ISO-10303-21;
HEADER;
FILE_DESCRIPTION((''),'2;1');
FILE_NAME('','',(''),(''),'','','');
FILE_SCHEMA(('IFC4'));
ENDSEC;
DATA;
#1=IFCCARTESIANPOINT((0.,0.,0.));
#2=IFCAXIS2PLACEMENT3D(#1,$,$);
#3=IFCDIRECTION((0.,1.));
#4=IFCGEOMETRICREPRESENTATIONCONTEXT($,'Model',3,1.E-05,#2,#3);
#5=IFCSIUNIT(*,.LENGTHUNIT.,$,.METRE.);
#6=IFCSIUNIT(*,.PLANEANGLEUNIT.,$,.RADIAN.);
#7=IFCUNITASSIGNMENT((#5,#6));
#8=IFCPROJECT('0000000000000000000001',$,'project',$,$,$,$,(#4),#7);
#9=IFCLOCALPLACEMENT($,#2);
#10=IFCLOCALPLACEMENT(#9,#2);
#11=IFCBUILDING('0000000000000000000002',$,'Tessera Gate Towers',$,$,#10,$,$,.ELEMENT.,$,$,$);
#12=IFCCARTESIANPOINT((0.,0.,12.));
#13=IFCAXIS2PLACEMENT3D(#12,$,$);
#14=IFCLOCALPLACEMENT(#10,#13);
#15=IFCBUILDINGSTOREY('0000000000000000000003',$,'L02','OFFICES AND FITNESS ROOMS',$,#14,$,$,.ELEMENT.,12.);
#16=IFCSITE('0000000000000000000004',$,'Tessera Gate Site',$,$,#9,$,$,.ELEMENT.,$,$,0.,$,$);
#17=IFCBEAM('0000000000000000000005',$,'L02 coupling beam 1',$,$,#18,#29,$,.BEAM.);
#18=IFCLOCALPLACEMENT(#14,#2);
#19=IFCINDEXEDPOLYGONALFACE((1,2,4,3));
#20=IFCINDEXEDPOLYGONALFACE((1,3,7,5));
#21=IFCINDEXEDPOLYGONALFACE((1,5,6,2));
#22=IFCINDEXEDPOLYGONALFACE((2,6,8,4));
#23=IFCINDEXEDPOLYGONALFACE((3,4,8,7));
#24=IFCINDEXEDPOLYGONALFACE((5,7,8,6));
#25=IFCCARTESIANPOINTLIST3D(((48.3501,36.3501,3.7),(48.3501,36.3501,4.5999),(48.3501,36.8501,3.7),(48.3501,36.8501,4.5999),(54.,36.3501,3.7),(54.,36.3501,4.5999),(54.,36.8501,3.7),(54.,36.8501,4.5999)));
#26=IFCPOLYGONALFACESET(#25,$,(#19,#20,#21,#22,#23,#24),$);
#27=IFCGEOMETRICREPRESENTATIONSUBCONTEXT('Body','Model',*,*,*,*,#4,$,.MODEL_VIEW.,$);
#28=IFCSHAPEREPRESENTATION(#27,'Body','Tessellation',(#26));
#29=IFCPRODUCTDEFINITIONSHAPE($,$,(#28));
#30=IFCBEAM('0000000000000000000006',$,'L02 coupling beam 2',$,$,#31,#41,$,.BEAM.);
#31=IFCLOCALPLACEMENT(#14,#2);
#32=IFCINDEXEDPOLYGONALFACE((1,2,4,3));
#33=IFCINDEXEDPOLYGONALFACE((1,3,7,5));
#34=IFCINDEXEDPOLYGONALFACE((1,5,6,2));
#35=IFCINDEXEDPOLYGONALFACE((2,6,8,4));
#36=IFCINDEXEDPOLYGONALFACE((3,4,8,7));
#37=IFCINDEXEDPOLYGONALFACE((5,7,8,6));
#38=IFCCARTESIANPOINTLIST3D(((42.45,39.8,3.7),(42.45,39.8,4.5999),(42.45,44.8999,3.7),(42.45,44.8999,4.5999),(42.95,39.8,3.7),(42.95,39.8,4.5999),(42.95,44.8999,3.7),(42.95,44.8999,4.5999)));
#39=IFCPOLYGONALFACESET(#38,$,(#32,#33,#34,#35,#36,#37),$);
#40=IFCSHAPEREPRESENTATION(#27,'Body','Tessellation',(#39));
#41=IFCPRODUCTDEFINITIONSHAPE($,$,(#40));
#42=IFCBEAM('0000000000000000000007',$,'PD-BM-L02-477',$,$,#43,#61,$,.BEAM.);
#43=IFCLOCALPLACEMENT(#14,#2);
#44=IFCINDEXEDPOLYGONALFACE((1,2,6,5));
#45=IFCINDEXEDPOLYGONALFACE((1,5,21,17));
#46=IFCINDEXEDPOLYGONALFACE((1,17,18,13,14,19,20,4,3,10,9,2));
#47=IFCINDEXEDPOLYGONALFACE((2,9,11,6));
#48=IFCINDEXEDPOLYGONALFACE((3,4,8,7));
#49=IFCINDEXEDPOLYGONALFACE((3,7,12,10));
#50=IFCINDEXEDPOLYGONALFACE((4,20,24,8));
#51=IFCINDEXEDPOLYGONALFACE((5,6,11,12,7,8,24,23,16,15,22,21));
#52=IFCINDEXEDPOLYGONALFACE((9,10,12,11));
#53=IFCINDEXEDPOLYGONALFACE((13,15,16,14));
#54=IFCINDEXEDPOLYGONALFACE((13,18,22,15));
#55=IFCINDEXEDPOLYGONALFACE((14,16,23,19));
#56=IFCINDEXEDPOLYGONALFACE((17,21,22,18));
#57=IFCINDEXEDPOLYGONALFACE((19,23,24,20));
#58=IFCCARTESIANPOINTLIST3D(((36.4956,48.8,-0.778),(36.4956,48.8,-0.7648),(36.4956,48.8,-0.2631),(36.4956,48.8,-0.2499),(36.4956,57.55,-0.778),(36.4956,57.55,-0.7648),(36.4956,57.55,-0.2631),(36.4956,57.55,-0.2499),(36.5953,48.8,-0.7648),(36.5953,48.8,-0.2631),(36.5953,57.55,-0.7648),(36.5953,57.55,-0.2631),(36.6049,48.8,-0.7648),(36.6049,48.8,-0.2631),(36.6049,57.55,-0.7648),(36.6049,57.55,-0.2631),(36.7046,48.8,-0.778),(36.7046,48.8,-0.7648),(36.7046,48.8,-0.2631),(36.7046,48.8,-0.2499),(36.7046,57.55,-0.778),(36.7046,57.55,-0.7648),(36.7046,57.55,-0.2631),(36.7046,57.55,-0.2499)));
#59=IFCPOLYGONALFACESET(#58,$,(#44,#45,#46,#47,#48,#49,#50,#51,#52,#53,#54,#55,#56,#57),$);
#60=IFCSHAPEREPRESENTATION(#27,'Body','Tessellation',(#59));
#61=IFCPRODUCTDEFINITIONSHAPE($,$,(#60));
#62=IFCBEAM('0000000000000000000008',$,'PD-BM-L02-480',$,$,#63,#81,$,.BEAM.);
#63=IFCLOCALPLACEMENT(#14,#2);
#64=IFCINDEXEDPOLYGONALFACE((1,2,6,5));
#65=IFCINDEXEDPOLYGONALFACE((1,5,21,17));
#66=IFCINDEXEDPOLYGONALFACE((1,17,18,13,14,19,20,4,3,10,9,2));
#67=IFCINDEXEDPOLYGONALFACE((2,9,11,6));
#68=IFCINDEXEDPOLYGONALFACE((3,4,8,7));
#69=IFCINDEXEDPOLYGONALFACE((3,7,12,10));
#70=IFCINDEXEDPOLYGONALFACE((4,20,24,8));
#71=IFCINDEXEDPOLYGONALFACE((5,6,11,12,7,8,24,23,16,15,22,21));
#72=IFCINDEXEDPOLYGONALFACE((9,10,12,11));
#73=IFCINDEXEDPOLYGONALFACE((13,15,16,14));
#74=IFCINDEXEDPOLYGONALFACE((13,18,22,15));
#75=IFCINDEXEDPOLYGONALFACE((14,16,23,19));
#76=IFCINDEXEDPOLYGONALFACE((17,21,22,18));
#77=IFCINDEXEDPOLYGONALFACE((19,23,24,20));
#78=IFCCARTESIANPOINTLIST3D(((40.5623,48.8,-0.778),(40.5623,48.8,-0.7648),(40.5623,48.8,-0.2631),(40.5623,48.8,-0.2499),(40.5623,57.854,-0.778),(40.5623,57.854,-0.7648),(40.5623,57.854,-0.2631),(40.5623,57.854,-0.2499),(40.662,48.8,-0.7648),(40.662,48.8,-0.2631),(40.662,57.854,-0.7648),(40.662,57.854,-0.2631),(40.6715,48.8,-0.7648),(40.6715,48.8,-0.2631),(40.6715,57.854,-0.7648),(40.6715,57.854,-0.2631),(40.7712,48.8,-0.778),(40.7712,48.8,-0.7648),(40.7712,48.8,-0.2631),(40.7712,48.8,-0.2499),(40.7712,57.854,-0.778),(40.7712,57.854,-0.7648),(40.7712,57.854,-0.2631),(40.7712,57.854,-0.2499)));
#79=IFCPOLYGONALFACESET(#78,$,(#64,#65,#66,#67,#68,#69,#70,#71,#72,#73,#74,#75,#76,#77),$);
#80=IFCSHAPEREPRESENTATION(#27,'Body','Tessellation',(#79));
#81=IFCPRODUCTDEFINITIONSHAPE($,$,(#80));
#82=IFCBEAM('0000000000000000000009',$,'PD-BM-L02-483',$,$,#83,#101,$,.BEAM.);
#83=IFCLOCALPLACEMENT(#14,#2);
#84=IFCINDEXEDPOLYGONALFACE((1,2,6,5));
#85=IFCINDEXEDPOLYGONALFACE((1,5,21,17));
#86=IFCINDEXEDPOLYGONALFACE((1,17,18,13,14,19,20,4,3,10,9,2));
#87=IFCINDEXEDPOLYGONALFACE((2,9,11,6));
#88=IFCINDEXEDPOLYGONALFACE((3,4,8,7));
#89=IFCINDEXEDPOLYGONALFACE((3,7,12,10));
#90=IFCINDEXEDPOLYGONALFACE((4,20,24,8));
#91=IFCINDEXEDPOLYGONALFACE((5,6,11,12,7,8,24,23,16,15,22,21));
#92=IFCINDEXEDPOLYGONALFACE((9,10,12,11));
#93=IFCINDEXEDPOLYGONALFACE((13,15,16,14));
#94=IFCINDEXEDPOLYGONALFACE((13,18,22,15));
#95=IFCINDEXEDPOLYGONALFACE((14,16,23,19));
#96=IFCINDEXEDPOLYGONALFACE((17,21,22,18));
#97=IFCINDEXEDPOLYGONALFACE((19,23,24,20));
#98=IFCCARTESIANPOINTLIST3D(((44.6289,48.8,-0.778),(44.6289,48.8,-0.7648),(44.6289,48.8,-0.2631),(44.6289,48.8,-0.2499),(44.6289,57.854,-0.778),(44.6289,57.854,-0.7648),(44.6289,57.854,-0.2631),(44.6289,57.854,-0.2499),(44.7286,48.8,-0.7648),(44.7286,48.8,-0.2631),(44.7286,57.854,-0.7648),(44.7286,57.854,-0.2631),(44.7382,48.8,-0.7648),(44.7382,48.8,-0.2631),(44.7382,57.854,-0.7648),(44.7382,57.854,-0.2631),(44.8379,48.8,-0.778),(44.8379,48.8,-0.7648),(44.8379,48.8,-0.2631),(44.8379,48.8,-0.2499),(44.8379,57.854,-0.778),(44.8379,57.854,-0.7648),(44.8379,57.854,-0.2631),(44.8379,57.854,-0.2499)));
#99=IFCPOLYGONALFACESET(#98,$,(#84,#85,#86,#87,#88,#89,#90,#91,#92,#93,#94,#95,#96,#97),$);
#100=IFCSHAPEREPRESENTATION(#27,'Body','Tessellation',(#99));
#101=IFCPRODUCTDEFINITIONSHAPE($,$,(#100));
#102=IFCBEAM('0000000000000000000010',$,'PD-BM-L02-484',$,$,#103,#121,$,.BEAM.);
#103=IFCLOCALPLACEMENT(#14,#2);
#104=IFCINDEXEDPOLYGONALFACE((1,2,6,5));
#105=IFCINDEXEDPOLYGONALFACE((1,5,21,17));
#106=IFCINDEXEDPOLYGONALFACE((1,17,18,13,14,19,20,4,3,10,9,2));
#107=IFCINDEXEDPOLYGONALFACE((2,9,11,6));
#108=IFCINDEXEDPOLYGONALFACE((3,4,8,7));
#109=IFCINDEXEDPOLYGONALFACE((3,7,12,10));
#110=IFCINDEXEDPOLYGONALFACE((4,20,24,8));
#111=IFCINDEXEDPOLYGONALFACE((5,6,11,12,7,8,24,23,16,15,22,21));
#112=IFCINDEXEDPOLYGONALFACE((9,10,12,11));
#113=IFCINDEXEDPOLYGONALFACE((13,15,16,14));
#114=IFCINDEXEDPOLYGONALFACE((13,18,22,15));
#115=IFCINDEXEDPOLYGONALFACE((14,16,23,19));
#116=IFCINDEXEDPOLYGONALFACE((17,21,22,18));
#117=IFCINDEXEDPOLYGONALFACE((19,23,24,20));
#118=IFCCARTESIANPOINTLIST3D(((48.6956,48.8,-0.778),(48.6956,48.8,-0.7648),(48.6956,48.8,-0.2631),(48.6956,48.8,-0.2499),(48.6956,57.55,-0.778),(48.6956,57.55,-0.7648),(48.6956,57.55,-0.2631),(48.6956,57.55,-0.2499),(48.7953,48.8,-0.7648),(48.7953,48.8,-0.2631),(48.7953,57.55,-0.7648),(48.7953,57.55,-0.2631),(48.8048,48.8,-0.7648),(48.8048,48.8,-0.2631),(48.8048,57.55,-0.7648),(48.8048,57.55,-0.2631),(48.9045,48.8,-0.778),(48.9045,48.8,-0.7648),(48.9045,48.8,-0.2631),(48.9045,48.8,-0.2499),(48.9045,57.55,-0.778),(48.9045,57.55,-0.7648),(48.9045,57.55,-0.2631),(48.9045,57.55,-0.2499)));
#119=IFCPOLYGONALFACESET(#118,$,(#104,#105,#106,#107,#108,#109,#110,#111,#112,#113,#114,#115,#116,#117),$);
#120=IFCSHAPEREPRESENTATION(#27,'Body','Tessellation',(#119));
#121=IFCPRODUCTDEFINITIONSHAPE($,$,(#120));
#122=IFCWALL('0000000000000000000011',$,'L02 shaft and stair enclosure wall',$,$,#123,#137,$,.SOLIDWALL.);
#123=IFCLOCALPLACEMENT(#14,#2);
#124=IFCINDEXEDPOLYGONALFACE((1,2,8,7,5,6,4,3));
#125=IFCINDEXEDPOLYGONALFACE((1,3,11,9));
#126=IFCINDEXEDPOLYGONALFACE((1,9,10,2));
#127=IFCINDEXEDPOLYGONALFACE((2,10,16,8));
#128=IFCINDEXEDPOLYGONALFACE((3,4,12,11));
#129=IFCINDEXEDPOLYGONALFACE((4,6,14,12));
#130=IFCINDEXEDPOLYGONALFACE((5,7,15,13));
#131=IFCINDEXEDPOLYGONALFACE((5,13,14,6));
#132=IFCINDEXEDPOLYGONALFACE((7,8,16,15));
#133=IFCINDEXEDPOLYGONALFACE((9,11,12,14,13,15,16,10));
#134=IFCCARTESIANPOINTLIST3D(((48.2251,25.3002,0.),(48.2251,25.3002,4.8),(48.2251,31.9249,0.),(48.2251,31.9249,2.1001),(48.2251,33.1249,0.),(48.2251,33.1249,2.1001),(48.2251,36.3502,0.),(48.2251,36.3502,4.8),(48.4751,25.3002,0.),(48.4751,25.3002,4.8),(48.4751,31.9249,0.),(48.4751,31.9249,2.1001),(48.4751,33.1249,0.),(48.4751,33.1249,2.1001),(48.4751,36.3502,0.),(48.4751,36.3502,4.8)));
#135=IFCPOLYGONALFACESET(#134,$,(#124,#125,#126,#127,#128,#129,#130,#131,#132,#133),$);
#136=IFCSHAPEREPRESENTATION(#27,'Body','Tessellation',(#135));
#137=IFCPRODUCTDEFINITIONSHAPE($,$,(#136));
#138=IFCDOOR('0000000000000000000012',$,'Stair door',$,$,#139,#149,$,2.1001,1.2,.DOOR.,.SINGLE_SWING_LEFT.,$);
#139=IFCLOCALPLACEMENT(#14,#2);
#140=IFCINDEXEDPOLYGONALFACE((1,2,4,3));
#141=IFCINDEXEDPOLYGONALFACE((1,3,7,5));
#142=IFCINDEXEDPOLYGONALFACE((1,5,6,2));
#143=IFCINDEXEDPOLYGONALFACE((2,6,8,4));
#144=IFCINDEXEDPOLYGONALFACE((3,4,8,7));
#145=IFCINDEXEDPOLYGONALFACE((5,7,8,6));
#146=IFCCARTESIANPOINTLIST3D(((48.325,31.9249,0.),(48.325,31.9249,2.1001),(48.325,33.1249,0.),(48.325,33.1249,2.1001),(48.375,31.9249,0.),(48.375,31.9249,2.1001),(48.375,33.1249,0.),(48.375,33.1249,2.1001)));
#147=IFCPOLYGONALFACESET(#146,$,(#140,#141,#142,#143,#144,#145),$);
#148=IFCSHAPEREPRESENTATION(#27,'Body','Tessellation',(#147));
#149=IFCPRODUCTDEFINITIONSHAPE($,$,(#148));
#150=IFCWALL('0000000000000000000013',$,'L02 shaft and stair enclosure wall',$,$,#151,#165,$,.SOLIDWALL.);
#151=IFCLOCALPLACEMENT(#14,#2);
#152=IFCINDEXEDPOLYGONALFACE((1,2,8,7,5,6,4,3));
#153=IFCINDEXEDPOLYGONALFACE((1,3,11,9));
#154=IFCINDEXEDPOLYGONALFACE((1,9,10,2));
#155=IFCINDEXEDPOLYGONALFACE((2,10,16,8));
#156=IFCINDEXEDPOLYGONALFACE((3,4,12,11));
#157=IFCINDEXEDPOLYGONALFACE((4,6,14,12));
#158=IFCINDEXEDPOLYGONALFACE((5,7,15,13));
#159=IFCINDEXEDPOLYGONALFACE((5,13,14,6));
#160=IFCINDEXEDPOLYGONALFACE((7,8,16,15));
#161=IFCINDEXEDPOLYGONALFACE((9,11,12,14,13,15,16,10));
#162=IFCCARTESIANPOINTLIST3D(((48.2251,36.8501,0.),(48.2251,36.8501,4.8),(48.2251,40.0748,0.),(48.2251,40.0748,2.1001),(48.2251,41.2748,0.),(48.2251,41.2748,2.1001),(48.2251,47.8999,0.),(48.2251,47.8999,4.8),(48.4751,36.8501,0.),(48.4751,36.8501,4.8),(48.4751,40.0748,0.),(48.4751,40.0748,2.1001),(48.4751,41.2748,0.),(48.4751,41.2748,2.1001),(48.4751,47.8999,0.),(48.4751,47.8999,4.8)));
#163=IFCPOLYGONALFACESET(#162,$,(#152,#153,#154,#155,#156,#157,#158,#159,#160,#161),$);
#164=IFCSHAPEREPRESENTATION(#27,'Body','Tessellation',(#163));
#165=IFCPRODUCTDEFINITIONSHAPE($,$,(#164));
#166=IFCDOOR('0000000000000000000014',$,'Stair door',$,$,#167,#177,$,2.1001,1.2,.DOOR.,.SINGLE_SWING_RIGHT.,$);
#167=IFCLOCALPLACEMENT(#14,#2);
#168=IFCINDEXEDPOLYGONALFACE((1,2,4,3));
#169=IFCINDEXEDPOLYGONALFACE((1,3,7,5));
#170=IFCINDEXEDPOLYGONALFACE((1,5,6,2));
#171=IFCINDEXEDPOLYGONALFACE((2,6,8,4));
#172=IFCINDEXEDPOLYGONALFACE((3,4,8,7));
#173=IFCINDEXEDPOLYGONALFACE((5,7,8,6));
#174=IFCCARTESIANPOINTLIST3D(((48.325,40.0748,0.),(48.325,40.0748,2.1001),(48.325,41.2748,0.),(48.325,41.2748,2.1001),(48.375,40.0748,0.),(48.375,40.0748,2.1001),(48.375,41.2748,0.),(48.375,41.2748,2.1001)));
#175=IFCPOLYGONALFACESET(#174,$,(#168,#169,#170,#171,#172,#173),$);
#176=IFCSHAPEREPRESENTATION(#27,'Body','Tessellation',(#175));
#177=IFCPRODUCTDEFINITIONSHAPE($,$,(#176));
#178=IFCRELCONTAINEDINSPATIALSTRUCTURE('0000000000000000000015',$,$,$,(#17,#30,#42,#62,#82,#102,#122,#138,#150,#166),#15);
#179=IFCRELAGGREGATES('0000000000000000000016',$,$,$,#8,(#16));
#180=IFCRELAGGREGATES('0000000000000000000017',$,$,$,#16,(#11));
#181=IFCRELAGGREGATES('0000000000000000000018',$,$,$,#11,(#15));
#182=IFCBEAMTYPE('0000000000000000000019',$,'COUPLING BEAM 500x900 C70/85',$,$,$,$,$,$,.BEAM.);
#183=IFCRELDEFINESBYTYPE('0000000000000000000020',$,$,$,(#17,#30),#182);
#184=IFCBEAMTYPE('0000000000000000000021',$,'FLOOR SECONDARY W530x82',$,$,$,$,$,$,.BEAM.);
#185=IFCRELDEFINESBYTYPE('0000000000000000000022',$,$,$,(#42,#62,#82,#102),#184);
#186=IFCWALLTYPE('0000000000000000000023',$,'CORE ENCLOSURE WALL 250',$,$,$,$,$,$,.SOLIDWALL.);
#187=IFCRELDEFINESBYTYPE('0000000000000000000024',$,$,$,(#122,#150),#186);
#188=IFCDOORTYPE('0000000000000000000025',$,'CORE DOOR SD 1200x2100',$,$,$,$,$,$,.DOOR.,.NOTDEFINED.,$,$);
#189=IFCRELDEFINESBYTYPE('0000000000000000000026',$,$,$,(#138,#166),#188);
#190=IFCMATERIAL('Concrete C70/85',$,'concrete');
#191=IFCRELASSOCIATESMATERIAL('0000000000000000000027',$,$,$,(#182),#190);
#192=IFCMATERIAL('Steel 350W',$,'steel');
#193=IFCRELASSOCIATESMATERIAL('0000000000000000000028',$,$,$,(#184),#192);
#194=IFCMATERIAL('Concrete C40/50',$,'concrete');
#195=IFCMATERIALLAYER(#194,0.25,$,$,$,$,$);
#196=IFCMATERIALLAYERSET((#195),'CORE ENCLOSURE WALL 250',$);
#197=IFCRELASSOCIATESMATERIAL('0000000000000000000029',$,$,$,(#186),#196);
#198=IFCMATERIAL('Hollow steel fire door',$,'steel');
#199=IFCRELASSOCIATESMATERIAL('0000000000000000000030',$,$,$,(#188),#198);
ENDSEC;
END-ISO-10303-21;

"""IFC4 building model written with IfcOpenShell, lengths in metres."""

from ifc_helpers import new_model, si_unit, direction, frame, frame_2d, origin, origin_2d, place, context, subcontext, project, spatial, rectangle, i_section, extrude, source, transform, mapped, material, layer, layer_set, material_profile, profile_set, type_object, element, fill, save


model = new_model("IFC4")

# Units and contexts
model_context = context("Model", 3, precision=1e-05, world=origin(), true_north=direction((0.0, 1.0)))
body_context = subcontext(model_context, "Body", "Model", "MODEL_VIEW")
ifc_project = project(units=[si_unit("LENGTHUNIT", "METRE"), si_unit("PLANEANGLEUNIT", "RADIAN")], contexts=[model_context])

# Site, building, storey
site_placement = place(None, origin())
site = spatial("IfcSite", under=ifc_project, at=site_placement, Name="Tessera Gate Site", CompositionType="ELEMENT", RefElevation=0.0)
building_placement = place(site_placement, origin())
building = spatial("IfcBuilding", under=site, at=building_placement, Name="Tessera Gate Towers", CompositionType="ELEMENT")
storey_placement = place(building_placement, frame((0.0, 0.0, 12.0)))
storey = spatial("IfcBuildingStorey", under=building, at=storey_placement, Name="L02", Description="OFFICES AND FITNESS ROOMS", CompositionType="ELEMENT", Elevation=12.0)

# Beams
ifc_material_1 = material(Name="Concrete C70/85", Category="concrete")
ifc_material_profile_1 = material_profile(ifc_material_1, rectangle(XDim=0.5, YDim=0.8999, at=origin_2d()), Name="RC 500x900")
ifc_profile_set_1 = profile_set([ifc_material_profile_1], Name="Concrete C70/85")
beam_type_1 = type_object("IfcBeamType", Name="COUPLING BEAM 500x900 C70/85", PredefinedType="BEAM", material=ifc_profile_set_1)
beam_1_placement = place(storey_placement, frame((48.3501, 36.6001, 4.1499), z_axis=(1.0, 0.0, 0.0), x_axis=(0.0, 1.0, 0.0)))
element("IfcBeam", 1, at=beam_1_placement, inside=storey, type_object=beam_type_1, Name="L02 coupling beam 1", PredefinedType="BEAM", context=body_context, shape_type="SweptSolid", body=[
    extrude(rectangle(XDim=0.5, YDim=0.8999, at=origin_2d()), origin(), (0.0, 0.0, 1.0), 5.6499),
])
beam_2_placement = place(storey_placement, frame((42.7, 39.8, 4.1499), z_axis=(0.0, 1.0, 0.0), x_axis=(-1.0, 0.0, 0.0)))
element("IfcBeam", 2, at=beam_2_placement, inside=storey, type_object=beam_type_1, Name="L02 coupling beam 2", PredefinedType="BEAM", context=body_context, shape_type="SweptSolid", body=[
    extrude(rectangle(XDim=0.5, YDim=0.8999, at=origin_2d()), origin(), (0.0, 0.0, 1.0), 5.0999),
])
ifc_material_2 = material(Name="Steel 350W", Category="steel")
ifc_material_profile_2 = material_profile(ifc_material_2, i_section(OverallWidth=0.209, OverallDepth=0.5281, WebThickness=0.0095, FlangeThickness=0.0132, at=origin_2d()), Name="W530x82")
ifc_profile_set_2 = profile_set([ifc_material_profile_2], Name="Steel 350W")
beam_type_2 = type_object("IfcBeamType", Name="FLOOR SECONDARY W530x82", PredefinedType="BEAM", material=ifc_profile_set_2)
beam_3_placement = place(storey_placement, frame((36.6001, 48.8, -0.5139), z_axis=(0.0, 1.0, 0.0), x_axis=(-1.0, 0.0, 0.0)))
element("IfcBeam", 3, at=beam_3_placement, inside=storey, type_object=beam_type_2, Name="PD-BM-L02-477", PredefinedType="BEAM", context=body_context, shape_type="SweptSolid", body=[
    extrude(i_section(OverallWidth=0.209, OverallDepth=0.5281, WebThickness=0.0095, FlangeThickness=0.0132, at=origin_2d()), origin(), (0.0, 0.0, 1.0), 8.75),
])
for number, where, z_axis, x_axis, name in (
    (4, (40.6667, 48.8, -0.5139), (0.0, 1.0, 0.0), (-1.0, 0.0, 0.0), "PD-BM-L02-480"),
    (5, (44.7334, 48.8, -0.5139), (0.0, 1.0, 0.0), (-1.0, 0.0, 0.0), "PD-BM-L02-483"),
):
    element("IfcBeam", number, at=place(storey_placement, frame(where, z_axis=z_axis, x_axis=x_axis)), inside=storey, type_object=beam_type_2, Name=name, PredefinedType="BEAM", context=body_context, shape_type="SweptSolid", body=[
        extrude(i_section(OverallWidth=0.209, OverallDepth=0.5281, WebThickness=0.0095, FlangeThickness=0.0132, at=origin_2d()), origin(), (0.0, 0.0, 1.0), 9.054),
    ])
beam_4_placement = place(storey_placement, frame((48.8, 48.8, -0.5139), z_axis=(0.0, 1.0, 0.0), x_axis=(-1.0, 0.0, 0.0)))
element("IfcBeam", 6, at=beam_4_placement, inside=storey, type_object=beam_type_2, Name="PD-BM-L02-484", PredefinedType="BEAM", context=body_context, shape_type="SweptSolid", body=[
    extrude(i_section(OverallWidth=0.209, OverallDepth=0.5281, WebThickness=0.0095, FlangeThickness=0.0132, at=origin_2d()), origin(), (0.0, 0.0, 1.0), 8.75),
])

# Walls, openings, doors
ifc_material_3 = material(Name="Concrete C40/50", Category="concrete")
ifc_layer_1 = layer(ifc_material_3, 0.25)
ifc_layer_set_1 = layer_set([ifc_layer_1], Name="CORE ENCLOSURE WALL 250")
wall_type_1 = type_object("IfcWallType", Name="CORE ENCLOSURE WALL 250", PredefinedType="SOLIDWALL", material=ifc_layer_set_1)
wall_1_placement = place(storey_placement, frame((48.3501, 36.3501, 0.0), z_axis=(0.0, 0.0, 1.0), x_axis=(0.0, -1.0, 0.0)))
wall_1 = element("IfcWall", 7, at=wall_1_placement, inside=storey, type_object=wall_type_1, Name="L02 shaft and stair enclosure wall", PredefinedType="SOLIDWALL", context=body_context, shape_type="SweptSolid", body=[
    extrude(rectangle(XDim=11.05, YDim=0.25, at=frame_2d((5.5249, 0.0))), origin(), (0.0, 0.0, 1.0), 4.8),
])
shared_shape_1 = source(origin(), body_context, "Body", "SweptSolid", [
    extrude(rectangle(XDim=1.2, YDim=2.1001, at=frame_2d((0.6001, 1.05))), frame((0.0, 0.135, 0.0), z_axis=(0.0, -1.0, 0.0), x_axis=(1.0, 0.0, 0.0)), (0.0, 0.0, 1.0), 0.27),
])
opening_1_placement = place(wall_1_placement, frame((3.2251, 0.0, 0.0)))
opening_1 = element("IfcOpeningElement", 8, at=opening_1_placement, cuts=wall_1, PredefinedType="OPENING", context=body_context, shape_type="MappedRepresentation", body=[
    mapped(shared_shape_1, transform((0.0, 0.0, 0.0), scale=1.0)),
])
ifc_material_4 = material(Name="Hollow steel fire door", Category="steel")
door_type_1 = type_object("IfcDoorType", Name="CORE DOOR SD 1200x2100", OperationType="NOTDEFINED", PredefinedType="DOOR", material=ifc_material_4)
shared_shape_2 = source(origin(), body_context, "Body", "SweptSolid", [
    extrude(rectangle(XDim=1.2, YDim=2.1001, at=frame_2d((0.6001, 1.05))), frame((0.0, 0.0249, 0.0), z_axis=(0.0, -1.0, 0.0), x_axis=(1.0, 0.0, 0.0)), (0.0, 0.0, 1.0), 0.05),
])
door_1_placement = place(opening_1_placement, origin())
door_1 = element("IfcDoor", 9, at=door_1_placement, inside=storey, type_object=door_type_1, Name="Stair door", OperationType="SINGLE_SWING_LEFT", OverallHeight=2.1001, OverallWidth=1.2, PredefinedType="DOOR", context=body_context, shape_type="MappedRepresentation", body=[
    mapped(shared_shape_2, transform((0.0, 0.0, 0.0), scale=1.0)),
])
fill(opening_1, door_1)
wall_2_placement = place(storey_placement, frame((48.3501, 47.8999, 0.0), z_axis=(0.0, 0.0, 1.0), x_axis=(0.0, -1.0, 0.0)))
wall_2 = element("IfcWall", 10, at=wall_2_placement, inside=storey, type_object=wall_type_1, Name="L02 shaft and stair enclosure wall", PredefinedType="SOLIDWALL", context=body_context, shape_type="SweptSolid", body=[
    extrude(rectangle(XDim=11.0498, YDim=0.25, at=frame_2d((5.5249, 0.0))), origin(), (0.0, 0.0, 1.0), 4.8),
])
opening_2_placement = place(wall_2_placement, frame((6.625, 0.0, 0.0)))
opening_2 = element("IfcOpeningElement", 11, at=opening_2_placement, cuts=wall_2, PredefinedType="OPENING", context=body_context, shape_type="MappedRepresentation", body=[
    mapped(shared_shape_1, transform((0.0, 0.0, 0.0), scale=1.0)),
])
door_2_placement = place(opening_2_placement, origin())
door_2 = element("IfcDoor", 12, at=door_2_placement, inside=storey, type_object=door_type_1, Name="Stair door", OperationType="SINGLE_SWING_RIGHT", OverallHeight=2.1001, OverallWidth=1.2, PredefinedType="DOOR", context=body_context, shape_type="MappedRepresentation", body=[
    mapped(shared_shape_2, transform((0.0, 0.0, 0.0), scale=1.0)),
])
fill(opening_2, door_2)

save(model, "model.ifc")
